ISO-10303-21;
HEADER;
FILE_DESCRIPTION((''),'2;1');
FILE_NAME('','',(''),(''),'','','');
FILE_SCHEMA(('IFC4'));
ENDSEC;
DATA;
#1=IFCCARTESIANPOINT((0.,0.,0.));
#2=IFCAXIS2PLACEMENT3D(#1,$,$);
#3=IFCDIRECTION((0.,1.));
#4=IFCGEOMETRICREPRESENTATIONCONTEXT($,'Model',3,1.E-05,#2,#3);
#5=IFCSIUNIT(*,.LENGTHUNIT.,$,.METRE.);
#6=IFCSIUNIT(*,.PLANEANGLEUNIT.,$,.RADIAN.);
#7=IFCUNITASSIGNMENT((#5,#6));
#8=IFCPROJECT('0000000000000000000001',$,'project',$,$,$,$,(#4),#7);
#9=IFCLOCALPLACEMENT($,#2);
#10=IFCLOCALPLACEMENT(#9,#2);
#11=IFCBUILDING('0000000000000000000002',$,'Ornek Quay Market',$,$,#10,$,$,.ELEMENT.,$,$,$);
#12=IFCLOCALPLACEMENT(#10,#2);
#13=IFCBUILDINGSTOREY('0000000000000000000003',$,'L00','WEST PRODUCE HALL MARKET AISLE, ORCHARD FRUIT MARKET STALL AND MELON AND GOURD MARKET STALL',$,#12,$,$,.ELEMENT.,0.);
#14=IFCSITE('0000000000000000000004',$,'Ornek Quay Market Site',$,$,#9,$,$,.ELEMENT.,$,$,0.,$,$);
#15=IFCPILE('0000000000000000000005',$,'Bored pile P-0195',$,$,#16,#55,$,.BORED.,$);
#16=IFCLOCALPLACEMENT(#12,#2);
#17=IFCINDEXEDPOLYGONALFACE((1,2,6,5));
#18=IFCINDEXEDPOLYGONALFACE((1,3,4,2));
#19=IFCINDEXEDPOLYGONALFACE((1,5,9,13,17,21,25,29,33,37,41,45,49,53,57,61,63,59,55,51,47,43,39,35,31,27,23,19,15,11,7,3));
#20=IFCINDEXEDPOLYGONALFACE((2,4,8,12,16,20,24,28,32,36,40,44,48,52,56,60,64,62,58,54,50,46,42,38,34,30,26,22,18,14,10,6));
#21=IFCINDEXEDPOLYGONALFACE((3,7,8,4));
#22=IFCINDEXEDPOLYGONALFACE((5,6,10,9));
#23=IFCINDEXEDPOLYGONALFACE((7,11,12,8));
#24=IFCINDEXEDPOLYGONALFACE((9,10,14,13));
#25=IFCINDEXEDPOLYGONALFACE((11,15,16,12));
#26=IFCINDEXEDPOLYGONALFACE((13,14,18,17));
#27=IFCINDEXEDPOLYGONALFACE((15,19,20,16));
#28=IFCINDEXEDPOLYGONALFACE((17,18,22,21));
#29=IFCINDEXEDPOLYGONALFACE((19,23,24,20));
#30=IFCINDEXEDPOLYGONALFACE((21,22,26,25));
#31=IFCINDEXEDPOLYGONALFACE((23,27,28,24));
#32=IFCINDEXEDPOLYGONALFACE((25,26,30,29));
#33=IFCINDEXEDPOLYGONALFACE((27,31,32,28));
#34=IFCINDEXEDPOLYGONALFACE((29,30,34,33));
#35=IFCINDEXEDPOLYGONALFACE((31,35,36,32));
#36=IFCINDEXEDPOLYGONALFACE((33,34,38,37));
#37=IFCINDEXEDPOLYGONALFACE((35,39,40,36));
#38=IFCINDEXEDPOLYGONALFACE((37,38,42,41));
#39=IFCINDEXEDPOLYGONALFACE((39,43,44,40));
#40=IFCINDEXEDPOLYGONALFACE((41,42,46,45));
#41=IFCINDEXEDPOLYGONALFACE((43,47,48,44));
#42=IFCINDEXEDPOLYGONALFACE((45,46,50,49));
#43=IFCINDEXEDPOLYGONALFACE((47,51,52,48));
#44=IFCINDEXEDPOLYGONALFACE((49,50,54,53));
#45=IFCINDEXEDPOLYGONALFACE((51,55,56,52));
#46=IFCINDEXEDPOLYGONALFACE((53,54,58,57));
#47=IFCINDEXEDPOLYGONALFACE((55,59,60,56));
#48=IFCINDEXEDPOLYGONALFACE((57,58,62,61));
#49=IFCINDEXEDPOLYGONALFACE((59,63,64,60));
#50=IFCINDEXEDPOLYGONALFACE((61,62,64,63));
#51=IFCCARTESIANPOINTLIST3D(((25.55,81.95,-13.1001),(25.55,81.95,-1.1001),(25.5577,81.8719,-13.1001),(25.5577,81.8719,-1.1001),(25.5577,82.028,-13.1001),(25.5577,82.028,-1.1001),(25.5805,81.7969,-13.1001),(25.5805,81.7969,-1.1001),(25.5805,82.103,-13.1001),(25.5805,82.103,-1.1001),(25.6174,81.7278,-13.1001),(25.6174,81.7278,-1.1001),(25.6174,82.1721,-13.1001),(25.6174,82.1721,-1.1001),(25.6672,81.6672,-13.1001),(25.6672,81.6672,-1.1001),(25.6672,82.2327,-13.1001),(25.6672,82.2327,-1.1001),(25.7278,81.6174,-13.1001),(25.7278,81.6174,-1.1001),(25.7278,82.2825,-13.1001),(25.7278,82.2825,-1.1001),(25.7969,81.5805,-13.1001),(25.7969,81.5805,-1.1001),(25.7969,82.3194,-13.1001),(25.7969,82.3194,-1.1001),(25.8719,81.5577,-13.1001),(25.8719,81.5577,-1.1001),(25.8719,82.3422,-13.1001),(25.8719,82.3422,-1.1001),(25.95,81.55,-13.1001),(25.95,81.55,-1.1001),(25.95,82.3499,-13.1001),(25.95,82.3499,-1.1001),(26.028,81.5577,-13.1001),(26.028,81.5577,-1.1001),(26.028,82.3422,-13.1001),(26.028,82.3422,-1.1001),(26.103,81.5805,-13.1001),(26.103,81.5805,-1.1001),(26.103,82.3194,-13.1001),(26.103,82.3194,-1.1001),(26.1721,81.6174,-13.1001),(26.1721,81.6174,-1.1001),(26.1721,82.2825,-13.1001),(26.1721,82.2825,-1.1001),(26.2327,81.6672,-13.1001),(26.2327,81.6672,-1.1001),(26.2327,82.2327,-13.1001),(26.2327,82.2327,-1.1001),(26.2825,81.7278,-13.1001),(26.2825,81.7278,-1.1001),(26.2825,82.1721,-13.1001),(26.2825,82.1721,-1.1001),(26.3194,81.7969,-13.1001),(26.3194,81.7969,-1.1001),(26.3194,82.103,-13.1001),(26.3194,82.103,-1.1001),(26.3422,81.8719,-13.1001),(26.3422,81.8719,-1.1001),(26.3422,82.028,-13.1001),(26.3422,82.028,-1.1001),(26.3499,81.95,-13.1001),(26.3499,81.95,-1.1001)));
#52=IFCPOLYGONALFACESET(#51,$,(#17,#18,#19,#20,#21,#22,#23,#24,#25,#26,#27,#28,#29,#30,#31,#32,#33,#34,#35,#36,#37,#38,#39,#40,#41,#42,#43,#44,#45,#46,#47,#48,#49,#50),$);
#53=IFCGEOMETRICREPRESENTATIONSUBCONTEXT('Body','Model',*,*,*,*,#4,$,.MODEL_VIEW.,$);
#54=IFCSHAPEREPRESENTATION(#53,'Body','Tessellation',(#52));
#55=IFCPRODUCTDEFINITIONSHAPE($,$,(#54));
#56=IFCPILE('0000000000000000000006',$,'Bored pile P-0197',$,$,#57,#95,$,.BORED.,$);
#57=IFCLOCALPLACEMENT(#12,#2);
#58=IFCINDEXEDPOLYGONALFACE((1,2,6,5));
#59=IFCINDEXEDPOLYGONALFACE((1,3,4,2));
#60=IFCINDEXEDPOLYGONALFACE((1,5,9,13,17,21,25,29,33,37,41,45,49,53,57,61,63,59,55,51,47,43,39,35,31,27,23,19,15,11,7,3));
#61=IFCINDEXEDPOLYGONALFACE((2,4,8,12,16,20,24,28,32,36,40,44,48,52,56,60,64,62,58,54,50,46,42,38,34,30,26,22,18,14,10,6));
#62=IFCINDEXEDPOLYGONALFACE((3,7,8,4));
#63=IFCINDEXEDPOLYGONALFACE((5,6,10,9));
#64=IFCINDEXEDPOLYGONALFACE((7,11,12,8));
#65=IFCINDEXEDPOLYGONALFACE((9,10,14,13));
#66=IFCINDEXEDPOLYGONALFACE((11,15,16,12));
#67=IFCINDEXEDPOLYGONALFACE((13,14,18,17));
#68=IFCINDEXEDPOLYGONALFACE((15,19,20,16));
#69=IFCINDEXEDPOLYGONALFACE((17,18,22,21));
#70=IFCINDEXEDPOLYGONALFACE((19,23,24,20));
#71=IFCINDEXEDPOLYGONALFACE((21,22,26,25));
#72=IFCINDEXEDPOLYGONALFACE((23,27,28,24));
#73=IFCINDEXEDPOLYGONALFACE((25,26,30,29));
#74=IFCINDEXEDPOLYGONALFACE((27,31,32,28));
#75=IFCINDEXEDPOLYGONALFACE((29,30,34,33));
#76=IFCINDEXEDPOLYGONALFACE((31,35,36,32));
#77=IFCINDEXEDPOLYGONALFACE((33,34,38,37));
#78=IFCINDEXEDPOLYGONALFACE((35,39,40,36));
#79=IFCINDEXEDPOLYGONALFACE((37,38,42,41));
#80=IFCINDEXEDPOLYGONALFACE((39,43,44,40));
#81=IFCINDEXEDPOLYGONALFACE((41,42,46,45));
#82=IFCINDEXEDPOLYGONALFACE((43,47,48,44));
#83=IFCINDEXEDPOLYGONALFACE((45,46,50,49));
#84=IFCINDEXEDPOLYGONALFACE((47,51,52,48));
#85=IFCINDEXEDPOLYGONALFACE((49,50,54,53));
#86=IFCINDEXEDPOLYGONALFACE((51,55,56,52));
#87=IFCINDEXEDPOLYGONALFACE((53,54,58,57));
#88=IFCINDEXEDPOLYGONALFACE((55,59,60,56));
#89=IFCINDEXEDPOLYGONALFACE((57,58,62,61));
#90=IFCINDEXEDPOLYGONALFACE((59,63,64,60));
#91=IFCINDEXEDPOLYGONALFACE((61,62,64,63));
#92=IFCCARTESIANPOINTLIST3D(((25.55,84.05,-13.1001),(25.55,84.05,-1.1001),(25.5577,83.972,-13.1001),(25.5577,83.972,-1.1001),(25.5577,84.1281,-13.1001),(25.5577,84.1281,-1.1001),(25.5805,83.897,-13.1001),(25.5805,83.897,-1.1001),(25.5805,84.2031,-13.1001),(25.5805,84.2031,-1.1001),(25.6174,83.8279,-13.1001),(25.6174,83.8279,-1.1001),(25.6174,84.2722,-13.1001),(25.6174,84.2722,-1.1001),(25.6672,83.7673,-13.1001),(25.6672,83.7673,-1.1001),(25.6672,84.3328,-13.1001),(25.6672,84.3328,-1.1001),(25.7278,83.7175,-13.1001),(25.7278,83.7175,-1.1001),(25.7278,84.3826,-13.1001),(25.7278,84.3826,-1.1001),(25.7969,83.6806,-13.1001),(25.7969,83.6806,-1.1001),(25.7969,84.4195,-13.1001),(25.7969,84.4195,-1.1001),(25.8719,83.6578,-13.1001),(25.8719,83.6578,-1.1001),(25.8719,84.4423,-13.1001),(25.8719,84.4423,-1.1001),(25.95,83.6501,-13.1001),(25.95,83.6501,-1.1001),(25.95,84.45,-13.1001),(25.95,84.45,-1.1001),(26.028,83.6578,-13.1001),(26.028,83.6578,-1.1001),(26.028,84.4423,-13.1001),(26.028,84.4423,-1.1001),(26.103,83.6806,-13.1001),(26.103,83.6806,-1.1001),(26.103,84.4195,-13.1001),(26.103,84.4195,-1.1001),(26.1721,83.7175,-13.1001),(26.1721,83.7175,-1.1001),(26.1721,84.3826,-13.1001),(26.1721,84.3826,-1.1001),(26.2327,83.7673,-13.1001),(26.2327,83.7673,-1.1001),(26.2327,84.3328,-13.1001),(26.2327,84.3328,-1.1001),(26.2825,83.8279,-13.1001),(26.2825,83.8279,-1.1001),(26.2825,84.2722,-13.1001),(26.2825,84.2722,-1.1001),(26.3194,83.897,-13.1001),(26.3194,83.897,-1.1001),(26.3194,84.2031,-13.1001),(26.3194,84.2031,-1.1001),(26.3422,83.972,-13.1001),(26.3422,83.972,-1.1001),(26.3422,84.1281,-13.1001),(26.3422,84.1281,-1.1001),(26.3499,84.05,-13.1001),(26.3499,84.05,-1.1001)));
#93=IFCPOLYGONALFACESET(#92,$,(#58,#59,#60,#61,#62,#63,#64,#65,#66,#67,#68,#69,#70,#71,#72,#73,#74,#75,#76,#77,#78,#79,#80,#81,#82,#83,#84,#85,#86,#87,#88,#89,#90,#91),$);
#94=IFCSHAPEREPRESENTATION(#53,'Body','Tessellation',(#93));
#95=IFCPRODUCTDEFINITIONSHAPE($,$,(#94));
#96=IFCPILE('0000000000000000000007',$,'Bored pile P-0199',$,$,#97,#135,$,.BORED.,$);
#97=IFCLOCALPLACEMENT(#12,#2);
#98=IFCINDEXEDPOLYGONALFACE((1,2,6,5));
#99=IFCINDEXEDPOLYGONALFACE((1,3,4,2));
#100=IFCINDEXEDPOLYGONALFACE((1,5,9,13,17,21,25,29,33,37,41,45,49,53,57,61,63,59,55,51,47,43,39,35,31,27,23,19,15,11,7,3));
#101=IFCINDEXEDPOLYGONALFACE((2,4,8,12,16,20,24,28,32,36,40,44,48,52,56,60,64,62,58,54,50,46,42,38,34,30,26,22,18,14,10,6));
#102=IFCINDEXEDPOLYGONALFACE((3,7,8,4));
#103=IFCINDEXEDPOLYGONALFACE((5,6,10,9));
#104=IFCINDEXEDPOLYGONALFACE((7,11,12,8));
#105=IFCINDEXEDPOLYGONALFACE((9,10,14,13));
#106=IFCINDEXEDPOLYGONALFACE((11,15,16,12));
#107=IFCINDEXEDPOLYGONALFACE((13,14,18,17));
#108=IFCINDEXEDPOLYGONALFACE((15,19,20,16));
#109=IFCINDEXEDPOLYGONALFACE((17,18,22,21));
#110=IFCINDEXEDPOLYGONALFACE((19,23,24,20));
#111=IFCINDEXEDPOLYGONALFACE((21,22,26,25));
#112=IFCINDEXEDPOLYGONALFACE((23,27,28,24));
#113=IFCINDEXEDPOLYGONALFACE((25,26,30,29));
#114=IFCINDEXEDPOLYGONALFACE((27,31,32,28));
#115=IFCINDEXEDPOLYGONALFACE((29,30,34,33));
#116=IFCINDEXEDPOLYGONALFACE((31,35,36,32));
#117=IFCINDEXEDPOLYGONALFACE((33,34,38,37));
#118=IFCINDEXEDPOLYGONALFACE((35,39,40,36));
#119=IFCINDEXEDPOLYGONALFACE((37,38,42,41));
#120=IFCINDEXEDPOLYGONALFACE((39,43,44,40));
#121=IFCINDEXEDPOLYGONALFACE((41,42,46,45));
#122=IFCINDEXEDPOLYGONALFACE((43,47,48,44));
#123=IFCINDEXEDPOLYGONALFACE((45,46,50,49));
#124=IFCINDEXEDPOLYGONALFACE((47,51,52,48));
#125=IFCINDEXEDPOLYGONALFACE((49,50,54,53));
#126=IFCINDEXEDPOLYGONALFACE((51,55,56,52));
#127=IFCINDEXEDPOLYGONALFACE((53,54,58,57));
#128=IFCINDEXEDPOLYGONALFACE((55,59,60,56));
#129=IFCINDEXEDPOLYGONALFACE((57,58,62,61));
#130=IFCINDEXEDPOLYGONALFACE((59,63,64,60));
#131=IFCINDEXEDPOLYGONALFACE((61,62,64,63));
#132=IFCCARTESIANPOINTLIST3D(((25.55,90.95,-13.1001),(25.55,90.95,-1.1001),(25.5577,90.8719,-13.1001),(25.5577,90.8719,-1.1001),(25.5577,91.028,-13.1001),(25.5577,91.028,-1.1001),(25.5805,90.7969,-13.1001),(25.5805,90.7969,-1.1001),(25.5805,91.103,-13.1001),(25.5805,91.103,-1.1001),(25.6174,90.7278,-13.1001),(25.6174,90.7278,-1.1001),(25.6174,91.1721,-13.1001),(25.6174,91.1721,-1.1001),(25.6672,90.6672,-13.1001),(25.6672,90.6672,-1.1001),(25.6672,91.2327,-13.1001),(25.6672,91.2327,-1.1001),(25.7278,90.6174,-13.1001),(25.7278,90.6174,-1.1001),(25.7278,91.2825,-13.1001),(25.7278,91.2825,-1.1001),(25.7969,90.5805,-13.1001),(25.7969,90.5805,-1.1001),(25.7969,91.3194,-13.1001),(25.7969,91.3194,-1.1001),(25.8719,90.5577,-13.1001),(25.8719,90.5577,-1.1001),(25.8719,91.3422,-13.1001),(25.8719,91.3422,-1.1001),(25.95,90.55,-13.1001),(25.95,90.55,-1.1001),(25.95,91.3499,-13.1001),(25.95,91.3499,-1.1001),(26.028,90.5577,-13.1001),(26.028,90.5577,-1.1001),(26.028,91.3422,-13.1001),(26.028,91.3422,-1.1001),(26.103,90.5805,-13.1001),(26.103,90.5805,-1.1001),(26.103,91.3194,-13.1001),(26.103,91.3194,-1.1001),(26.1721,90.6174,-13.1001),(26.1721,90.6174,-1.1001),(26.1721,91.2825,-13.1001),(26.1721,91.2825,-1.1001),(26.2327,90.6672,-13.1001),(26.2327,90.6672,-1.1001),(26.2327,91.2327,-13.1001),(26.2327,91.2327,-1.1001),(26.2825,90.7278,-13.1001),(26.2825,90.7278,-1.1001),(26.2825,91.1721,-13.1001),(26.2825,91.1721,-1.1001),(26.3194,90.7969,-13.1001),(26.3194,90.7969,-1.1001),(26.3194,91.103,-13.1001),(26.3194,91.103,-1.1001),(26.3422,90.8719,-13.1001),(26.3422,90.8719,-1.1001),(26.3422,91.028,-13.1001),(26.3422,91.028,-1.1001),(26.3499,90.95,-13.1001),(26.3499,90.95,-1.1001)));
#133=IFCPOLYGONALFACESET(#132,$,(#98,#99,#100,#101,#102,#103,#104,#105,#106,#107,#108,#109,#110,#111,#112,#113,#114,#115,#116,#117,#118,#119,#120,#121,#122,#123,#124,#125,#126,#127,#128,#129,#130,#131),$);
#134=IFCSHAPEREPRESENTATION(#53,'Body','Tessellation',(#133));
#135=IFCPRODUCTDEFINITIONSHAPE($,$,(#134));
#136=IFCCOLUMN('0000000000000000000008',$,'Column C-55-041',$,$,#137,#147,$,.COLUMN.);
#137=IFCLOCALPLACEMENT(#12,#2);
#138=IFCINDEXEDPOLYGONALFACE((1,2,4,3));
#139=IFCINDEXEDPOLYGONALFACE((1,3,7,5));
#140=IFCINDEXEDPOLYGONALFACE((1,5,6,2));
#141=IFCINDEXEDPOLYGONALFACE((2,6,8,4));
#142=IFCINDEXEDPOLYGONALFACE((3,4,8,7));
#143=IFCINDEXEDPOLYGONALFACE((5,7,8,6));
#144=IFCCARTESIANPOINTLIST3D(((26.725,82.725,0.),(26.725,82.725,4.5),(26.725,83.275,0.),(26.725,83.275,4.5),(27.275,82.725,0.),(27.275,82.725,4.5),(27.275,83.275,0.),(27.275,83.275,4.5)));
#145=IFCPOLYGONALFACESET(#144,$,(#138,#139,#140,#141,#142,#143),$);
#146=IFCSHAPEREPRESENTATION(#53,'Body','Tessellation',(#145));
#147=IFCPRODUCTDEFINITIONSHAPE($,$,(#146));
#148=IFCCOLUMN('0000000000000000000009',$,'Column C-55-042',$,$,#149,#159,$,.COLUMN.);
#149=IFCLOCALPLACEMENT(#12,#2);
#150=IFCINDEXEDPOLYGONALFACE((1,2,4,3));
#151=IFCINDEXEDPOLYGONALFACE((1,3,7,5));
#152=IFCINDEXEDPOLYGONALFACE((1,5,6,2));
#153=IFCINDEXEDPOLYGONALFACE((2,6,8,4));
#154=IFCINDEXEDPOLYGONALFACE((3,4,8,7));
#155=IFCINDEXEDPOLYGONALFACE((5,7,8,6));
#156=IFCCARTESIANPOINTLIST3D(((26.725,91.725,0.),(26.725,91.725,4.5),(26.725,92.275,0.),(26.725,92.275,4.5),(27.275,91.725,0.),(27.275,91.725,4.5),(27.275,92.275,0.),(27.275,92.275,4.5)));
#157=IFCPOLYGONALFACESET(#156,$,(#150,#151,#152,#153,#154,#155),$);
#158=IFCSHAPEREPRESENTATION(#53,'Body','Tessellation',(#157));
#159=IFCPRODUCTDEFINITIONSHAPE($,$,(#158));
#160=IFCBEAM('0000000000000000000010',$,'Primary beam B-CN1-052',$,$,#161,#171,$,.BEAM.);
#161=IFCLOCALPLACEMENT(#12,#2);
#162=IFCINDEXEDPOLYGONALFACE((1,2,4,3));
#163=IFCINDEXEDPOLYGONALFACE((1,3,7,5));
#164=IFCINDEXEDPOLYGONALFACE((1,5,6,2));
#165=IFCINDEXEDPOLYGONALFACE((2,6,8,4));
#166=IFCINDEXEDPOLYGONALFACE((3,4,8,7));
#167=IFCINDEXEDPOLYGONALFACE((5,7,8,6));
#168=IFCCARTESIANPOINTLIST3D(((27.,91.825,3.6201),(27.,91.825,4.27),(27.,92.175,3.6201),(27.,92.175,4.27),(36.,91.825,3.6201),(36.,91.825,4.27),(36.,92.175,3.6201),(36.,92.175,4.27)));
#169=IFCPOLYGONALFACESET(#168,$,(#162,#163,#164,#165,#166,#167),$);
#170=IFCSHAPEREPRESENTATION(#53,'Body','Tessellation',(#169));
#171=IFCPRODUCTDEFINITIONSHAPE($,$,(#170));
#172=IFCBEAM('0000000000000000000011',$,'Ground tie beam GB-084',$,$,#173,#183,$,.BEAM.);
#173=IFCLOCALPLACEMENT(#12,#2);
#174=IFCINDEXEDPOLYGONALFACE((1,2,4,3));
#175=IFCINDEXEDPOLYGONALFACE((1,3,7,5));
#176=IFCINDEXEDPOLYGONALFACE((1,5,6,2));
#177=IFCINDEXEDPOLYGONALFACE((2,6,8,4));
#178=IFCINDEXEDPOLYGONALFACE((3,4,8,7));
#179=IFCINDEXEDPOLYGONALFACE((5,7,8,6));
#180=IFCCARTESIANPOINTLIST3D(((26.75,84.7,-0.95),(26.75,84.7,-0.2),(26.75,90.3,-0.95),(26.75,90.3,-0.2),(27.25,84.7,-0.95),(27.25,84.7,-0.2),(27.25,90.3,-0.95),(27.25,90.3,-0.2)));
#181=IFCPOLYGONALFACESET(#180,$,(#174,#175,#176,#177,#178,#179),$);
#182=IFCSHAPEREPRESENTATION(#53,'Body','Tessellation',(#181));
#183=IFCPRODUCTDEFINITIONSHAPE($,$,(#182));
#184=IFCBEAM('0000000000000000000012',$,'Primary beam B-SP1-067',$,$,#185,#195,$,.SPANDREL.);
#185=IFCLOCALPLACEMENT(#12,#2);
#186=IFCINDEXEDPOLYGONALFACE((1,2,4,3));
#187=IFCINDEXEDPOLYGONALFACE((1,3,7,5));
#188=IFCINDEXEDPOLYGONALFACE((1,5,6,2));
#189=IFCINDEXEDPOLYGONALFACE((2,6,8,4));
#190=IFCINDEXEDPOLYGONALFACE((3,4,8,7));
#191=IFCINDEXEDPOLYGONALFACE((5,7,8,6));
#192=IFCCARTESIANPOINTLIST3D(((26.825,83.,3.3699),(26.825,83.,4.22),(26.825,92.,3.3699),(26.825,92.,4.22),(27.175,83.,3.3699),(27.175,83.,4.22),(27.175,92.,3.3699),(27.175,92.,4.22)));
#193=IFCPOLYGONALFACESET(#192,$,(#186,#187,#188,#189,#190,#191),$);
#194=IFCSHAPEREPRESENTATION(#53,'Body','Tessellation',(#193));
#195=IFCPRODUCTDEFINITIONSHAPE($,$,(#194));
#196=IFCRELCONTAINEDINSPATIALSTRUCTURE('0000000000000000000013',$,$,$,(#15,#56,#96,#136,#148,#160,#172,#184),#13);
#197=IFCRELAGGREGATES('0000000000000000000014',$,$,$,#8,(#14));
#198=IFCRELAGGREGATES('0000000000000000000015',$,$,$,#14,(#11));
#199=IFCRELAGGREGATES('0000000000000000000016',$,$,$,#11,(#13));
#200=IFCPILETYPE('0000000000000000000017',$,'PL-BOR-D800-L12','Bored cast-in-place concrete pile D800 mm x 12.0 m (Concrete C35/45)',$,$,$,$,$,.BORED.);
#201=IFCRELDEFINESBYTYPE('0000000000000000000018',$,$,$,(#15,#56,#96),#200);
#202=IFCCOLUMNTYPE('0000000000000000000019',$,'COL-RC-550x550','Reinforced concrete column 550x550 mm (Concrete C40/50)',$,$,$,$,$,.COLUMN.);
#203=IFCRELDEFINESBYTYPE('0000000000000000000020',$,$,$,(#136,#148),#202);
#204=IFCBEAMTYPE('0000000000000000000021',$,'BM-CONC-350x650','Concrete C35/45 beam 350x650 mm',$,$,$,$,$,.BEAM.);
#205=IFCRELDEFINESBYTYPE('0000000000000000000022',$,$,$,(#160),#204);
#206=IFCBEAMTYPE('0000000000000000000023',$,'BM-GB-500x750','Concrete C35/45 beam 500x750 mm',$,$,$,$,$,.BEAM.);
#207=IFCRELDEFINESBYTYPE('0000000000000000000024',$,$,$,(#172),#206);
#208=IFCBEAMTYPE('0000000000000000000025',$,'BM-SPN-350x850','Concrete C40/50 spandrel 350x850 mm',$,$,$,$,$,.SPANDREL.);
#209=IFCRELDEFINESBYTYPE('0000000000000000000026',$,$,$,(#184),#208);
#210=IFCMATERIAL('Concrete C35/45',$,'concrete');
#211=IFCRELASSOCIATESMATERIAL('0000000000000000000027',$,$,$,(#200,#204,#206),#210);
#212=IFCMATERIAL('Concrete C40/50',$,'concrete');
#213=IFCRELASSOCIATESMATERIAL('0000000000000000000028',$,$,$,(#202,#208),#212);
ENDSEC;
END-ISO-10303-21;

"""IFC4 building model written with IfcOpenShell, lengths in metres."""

from ifc_helpers import new_model, si_unit, direction, frame, origin, origin_2d, place, context, subcontext, project, spatial, rectangle, circle, extrude, material, material_profile, profile_set, type_object, element, save


model = new_model("IFC4")

# Units and contexts
model_context = context("Model", 3, precision=1e-05, world=origin(), true_north=direction((0.0, 1.0)))
body_context = subcontext(model_context, "Body", "Model", "MODEL_VIEW")
ifc_project = project(units=[si_unit("LENGTHUNIT", "METRE"), si_unit("PLANEANGLEUNIT", "RADIAN")], contexts=[model_context])

# Site, building, storey
site_placement = place(None, origin())
site = spatial("IfcSite", under=ifc_project, at=site_placement, Name="Ornek Quay Market Site", CompositionType="ELEMENT", RefElevation=0.0)
building_placement = place(site_placement, origin())
building = spatial("IfcBuilding", under=site, at=building_placement, Name="Ornek Quay Market", CompositionType="ELEMENT")
storey_placement = place(building_placement, origin())
storey = spatial("IfcBuildingStorey", under=building, at=storey_placement, Name="L00", Description="WEST PRODUCE HALL MARKET AISLE, ORCHARD FRUIT MARKET STALL AND MELON AND GOURD MARKET STALL", CompositionType="ELEMENT", Elevation=0.0)

# Piles
ifc_material_1 = material(Name="Concrete C35/45", Category="concrete")
ifc_material_profile_1 = material_profile(ifc_material_1, circle(Radius=0.3999, at=origin_2d()), Name="PILE D800", Category="concrete")
ifc_profile_set_1 = profile_set([ifc_material_profile_1], Name="Concrete C35/45")
pile_type = type_object("IfcPileType", Name="PL-BOR-D800-L12", Description="Bored cast-in-place concrete pile D800 mm x 12.0 m (Concrete C35/45)", PredefinedType="BORED", material=ifc_profile_set_1)
for number, where, z_axis, x_axis, name in (
    (1, (25.95, 81.95, -1.1001), (0.0, 0.0, -1.0), (1.0, 0.0, 0.0), "Bored pile P-0195"),
    (2, (25.95, 84.05, -1.1001), (0.0, 0.0, -1.0), (1.0, 0.0, 0.0), "Bored pile P-0197"),
    (3, (25.95, 90.95, -1.1001), (0.0, 0.0, -1.0), (1.0, 0.0, 0.0), "Bored pile P-0199"),
):
    element("IfcPile", number, at=place(storey_placement, frame(where, z_axis=z_axis, x_axis=x_axis)), inside=storey, type_object=pile_type, Name=name, PredefinedType="BORED", context=body_context, shape_type="SweptSolid", body=[
        extrude(circle(Radius=0.3999, at=origin_2d()), origin(), (0.0, 0.0, 1.0), 12.0),
    ])

# Columns
ifc_material_2 = material(Name="Concrete C40/50", Category="concrete")
ifc_material_profile_2 = material_profile(ifc_material_2, rectangle(XDim=0.55, YDim=0.55, at=origin_2d()), Name="RC 550x550", Category="concrete")
ifc_profile_set_2 = profile_set([ifc_material_profile_2], Name="Concrete C40/50")
column_type = type_object("IfcColumnType", Name="COL-RC-550x550", Description="Reinforced concrete column 550x550 mm (Concrete C40/50)", PredefinedType="COLUMN", material=ifc_profile_set_2)
for number, where, z_axis, x_axis, name in (
    (4, (27.0, 83.0, 0.0), (0.0, 0.0, 1.0), (1.0, 0.0, 0.0), "Column C-55-041"),
    (5, (27.0, 92.0, 0.0), (0.0, 0.0, 1.0), (1.0, 0.0, 0.0), "Column C-55-042"),
):
    element("IfcColumn", number, at=place(storey_placement, frame(where, z_axis=z_axis, x_axis=x_axis)), inside=storey, type_object=column_type, Name=name, PredefinedType="COLUMN", context=body_context, shape_type="SweptSolid", body=[
        extrude(rectangle(XDim=0.55, YDim=0.55, at=origin_2d()), origin(), (0.0, 0.0, 1.0), 4.5),
    ])

# Beams
ifc_material_profile_3 = material_profile(ifc_material_1, rectangle(XDim=0.3501, YDim=0.6499, at=origin_2d()), Name="RC 350x650", Category="concrete")
ifc_profile_set_3 = profile_set([ifc_material_profile_3], Name="Concrete C35/45")
beam_type_1 = type_object("IfcBeamType", Name="BM-CONC-350x650", Description="Concrete C35/45 beam 350x650 mm", PredefinedType="BEAM", material=ifc_profile_set_3)
beam_1_placement = place(storey_placement, frame((27.0, 92.0, 3.9451), z_axis=(1.0, 0.0, 0.0), x_axis=(0.0, 1.0, 0.0)))
element("IfcBeam", 6, at=beam_1_placement, inside=storey, type_object=beam_type_1, Name="Primary beam B-CN1-052", PredefinedType="BEAM", context=body_context, shape_type="SweptSolid", body=[
    extrude(rectangle(XDim=0.3501, YDim=0.6499, at=origin_2d()), origin(), (0.0, 0.0, 1.0), 9.0),
])
ifc_material_profile_4 = material_profile(ifc_material_1, rectangle(XDim=0.5, YDim=0.75, at=origin_2d()), Name="RC 500x750", Category="concrete")
ifc_profile_set_4 = profile_set([ifc_material_profile_4], Name="Concrete C35/45")
beam_type_2 = type_object("IfcBeamType", Name="BM-GB-500x750", Description="Concrete C35/45 beam 500x750 mm", PredefinedType="BEAM", material=ifc_profile_set_4)
beam_2_placement = place(storey_placement, frame((27.0, 84.7, -0.575), z_axis=(0.0, 1.0, 0.0), x_axis=(-1.0, 0.0, 0.0)))
element("IfcBeam", 7, at=beam_2_placement, inside=storey, type_object=beam_type_2, Name="Ground tie beam GB-084", PredefinedType="BEAM", context=body_context, shape_type="SweptSolid", body=[
    extrude(rectangle(XDim=0.5, YDim=0.75, at=origin_2d()), origin(), (0.0, 0.0, 1.0), 5.6001),
])
ifc_material_profile_5 = material_profile(ifc_material_2, rectangle(XDim=0.3501, YDim=0.8501, at=origin_2d()), Name="RC 350x850", Category="concrete")
ifc_profile_set_5 = profile_set([ifc_material_profile_5], Name="Concrete C40/50")
beam_type_3 = type_object("IfcBeamType", Name="BM-SPN-350x850", Description="Concrete C40/50 spandrel 350x850 mm", PredefinedType="SPANDREL", material=ifc_profile_set_5)
for number, where, z_axis, x_axis, name in (
    (8, (27.0, 83.0, 3.7949), (0.0, 1.0, 0.0), (-1.0, 0.0, 0.0), "Primary beam B-SP1-067"),
):
    element("IfcBeam", number, at=place(storey_placement, frame(where, z_axis=z_axis, x_axis=x_axis)), inside=storey, type_object=beam_type_3, Name=name, PredefinedType="SPANDREL", context=body_context, shape_type="SweptSolid", body=[
        extrude(rectangle(XDim=0.3501, YDim=0.8501, at=origin_2d()), origin(), (0.0, 0.0, 1.0), 9.0),
    ])

save(model, "model.ifc")
